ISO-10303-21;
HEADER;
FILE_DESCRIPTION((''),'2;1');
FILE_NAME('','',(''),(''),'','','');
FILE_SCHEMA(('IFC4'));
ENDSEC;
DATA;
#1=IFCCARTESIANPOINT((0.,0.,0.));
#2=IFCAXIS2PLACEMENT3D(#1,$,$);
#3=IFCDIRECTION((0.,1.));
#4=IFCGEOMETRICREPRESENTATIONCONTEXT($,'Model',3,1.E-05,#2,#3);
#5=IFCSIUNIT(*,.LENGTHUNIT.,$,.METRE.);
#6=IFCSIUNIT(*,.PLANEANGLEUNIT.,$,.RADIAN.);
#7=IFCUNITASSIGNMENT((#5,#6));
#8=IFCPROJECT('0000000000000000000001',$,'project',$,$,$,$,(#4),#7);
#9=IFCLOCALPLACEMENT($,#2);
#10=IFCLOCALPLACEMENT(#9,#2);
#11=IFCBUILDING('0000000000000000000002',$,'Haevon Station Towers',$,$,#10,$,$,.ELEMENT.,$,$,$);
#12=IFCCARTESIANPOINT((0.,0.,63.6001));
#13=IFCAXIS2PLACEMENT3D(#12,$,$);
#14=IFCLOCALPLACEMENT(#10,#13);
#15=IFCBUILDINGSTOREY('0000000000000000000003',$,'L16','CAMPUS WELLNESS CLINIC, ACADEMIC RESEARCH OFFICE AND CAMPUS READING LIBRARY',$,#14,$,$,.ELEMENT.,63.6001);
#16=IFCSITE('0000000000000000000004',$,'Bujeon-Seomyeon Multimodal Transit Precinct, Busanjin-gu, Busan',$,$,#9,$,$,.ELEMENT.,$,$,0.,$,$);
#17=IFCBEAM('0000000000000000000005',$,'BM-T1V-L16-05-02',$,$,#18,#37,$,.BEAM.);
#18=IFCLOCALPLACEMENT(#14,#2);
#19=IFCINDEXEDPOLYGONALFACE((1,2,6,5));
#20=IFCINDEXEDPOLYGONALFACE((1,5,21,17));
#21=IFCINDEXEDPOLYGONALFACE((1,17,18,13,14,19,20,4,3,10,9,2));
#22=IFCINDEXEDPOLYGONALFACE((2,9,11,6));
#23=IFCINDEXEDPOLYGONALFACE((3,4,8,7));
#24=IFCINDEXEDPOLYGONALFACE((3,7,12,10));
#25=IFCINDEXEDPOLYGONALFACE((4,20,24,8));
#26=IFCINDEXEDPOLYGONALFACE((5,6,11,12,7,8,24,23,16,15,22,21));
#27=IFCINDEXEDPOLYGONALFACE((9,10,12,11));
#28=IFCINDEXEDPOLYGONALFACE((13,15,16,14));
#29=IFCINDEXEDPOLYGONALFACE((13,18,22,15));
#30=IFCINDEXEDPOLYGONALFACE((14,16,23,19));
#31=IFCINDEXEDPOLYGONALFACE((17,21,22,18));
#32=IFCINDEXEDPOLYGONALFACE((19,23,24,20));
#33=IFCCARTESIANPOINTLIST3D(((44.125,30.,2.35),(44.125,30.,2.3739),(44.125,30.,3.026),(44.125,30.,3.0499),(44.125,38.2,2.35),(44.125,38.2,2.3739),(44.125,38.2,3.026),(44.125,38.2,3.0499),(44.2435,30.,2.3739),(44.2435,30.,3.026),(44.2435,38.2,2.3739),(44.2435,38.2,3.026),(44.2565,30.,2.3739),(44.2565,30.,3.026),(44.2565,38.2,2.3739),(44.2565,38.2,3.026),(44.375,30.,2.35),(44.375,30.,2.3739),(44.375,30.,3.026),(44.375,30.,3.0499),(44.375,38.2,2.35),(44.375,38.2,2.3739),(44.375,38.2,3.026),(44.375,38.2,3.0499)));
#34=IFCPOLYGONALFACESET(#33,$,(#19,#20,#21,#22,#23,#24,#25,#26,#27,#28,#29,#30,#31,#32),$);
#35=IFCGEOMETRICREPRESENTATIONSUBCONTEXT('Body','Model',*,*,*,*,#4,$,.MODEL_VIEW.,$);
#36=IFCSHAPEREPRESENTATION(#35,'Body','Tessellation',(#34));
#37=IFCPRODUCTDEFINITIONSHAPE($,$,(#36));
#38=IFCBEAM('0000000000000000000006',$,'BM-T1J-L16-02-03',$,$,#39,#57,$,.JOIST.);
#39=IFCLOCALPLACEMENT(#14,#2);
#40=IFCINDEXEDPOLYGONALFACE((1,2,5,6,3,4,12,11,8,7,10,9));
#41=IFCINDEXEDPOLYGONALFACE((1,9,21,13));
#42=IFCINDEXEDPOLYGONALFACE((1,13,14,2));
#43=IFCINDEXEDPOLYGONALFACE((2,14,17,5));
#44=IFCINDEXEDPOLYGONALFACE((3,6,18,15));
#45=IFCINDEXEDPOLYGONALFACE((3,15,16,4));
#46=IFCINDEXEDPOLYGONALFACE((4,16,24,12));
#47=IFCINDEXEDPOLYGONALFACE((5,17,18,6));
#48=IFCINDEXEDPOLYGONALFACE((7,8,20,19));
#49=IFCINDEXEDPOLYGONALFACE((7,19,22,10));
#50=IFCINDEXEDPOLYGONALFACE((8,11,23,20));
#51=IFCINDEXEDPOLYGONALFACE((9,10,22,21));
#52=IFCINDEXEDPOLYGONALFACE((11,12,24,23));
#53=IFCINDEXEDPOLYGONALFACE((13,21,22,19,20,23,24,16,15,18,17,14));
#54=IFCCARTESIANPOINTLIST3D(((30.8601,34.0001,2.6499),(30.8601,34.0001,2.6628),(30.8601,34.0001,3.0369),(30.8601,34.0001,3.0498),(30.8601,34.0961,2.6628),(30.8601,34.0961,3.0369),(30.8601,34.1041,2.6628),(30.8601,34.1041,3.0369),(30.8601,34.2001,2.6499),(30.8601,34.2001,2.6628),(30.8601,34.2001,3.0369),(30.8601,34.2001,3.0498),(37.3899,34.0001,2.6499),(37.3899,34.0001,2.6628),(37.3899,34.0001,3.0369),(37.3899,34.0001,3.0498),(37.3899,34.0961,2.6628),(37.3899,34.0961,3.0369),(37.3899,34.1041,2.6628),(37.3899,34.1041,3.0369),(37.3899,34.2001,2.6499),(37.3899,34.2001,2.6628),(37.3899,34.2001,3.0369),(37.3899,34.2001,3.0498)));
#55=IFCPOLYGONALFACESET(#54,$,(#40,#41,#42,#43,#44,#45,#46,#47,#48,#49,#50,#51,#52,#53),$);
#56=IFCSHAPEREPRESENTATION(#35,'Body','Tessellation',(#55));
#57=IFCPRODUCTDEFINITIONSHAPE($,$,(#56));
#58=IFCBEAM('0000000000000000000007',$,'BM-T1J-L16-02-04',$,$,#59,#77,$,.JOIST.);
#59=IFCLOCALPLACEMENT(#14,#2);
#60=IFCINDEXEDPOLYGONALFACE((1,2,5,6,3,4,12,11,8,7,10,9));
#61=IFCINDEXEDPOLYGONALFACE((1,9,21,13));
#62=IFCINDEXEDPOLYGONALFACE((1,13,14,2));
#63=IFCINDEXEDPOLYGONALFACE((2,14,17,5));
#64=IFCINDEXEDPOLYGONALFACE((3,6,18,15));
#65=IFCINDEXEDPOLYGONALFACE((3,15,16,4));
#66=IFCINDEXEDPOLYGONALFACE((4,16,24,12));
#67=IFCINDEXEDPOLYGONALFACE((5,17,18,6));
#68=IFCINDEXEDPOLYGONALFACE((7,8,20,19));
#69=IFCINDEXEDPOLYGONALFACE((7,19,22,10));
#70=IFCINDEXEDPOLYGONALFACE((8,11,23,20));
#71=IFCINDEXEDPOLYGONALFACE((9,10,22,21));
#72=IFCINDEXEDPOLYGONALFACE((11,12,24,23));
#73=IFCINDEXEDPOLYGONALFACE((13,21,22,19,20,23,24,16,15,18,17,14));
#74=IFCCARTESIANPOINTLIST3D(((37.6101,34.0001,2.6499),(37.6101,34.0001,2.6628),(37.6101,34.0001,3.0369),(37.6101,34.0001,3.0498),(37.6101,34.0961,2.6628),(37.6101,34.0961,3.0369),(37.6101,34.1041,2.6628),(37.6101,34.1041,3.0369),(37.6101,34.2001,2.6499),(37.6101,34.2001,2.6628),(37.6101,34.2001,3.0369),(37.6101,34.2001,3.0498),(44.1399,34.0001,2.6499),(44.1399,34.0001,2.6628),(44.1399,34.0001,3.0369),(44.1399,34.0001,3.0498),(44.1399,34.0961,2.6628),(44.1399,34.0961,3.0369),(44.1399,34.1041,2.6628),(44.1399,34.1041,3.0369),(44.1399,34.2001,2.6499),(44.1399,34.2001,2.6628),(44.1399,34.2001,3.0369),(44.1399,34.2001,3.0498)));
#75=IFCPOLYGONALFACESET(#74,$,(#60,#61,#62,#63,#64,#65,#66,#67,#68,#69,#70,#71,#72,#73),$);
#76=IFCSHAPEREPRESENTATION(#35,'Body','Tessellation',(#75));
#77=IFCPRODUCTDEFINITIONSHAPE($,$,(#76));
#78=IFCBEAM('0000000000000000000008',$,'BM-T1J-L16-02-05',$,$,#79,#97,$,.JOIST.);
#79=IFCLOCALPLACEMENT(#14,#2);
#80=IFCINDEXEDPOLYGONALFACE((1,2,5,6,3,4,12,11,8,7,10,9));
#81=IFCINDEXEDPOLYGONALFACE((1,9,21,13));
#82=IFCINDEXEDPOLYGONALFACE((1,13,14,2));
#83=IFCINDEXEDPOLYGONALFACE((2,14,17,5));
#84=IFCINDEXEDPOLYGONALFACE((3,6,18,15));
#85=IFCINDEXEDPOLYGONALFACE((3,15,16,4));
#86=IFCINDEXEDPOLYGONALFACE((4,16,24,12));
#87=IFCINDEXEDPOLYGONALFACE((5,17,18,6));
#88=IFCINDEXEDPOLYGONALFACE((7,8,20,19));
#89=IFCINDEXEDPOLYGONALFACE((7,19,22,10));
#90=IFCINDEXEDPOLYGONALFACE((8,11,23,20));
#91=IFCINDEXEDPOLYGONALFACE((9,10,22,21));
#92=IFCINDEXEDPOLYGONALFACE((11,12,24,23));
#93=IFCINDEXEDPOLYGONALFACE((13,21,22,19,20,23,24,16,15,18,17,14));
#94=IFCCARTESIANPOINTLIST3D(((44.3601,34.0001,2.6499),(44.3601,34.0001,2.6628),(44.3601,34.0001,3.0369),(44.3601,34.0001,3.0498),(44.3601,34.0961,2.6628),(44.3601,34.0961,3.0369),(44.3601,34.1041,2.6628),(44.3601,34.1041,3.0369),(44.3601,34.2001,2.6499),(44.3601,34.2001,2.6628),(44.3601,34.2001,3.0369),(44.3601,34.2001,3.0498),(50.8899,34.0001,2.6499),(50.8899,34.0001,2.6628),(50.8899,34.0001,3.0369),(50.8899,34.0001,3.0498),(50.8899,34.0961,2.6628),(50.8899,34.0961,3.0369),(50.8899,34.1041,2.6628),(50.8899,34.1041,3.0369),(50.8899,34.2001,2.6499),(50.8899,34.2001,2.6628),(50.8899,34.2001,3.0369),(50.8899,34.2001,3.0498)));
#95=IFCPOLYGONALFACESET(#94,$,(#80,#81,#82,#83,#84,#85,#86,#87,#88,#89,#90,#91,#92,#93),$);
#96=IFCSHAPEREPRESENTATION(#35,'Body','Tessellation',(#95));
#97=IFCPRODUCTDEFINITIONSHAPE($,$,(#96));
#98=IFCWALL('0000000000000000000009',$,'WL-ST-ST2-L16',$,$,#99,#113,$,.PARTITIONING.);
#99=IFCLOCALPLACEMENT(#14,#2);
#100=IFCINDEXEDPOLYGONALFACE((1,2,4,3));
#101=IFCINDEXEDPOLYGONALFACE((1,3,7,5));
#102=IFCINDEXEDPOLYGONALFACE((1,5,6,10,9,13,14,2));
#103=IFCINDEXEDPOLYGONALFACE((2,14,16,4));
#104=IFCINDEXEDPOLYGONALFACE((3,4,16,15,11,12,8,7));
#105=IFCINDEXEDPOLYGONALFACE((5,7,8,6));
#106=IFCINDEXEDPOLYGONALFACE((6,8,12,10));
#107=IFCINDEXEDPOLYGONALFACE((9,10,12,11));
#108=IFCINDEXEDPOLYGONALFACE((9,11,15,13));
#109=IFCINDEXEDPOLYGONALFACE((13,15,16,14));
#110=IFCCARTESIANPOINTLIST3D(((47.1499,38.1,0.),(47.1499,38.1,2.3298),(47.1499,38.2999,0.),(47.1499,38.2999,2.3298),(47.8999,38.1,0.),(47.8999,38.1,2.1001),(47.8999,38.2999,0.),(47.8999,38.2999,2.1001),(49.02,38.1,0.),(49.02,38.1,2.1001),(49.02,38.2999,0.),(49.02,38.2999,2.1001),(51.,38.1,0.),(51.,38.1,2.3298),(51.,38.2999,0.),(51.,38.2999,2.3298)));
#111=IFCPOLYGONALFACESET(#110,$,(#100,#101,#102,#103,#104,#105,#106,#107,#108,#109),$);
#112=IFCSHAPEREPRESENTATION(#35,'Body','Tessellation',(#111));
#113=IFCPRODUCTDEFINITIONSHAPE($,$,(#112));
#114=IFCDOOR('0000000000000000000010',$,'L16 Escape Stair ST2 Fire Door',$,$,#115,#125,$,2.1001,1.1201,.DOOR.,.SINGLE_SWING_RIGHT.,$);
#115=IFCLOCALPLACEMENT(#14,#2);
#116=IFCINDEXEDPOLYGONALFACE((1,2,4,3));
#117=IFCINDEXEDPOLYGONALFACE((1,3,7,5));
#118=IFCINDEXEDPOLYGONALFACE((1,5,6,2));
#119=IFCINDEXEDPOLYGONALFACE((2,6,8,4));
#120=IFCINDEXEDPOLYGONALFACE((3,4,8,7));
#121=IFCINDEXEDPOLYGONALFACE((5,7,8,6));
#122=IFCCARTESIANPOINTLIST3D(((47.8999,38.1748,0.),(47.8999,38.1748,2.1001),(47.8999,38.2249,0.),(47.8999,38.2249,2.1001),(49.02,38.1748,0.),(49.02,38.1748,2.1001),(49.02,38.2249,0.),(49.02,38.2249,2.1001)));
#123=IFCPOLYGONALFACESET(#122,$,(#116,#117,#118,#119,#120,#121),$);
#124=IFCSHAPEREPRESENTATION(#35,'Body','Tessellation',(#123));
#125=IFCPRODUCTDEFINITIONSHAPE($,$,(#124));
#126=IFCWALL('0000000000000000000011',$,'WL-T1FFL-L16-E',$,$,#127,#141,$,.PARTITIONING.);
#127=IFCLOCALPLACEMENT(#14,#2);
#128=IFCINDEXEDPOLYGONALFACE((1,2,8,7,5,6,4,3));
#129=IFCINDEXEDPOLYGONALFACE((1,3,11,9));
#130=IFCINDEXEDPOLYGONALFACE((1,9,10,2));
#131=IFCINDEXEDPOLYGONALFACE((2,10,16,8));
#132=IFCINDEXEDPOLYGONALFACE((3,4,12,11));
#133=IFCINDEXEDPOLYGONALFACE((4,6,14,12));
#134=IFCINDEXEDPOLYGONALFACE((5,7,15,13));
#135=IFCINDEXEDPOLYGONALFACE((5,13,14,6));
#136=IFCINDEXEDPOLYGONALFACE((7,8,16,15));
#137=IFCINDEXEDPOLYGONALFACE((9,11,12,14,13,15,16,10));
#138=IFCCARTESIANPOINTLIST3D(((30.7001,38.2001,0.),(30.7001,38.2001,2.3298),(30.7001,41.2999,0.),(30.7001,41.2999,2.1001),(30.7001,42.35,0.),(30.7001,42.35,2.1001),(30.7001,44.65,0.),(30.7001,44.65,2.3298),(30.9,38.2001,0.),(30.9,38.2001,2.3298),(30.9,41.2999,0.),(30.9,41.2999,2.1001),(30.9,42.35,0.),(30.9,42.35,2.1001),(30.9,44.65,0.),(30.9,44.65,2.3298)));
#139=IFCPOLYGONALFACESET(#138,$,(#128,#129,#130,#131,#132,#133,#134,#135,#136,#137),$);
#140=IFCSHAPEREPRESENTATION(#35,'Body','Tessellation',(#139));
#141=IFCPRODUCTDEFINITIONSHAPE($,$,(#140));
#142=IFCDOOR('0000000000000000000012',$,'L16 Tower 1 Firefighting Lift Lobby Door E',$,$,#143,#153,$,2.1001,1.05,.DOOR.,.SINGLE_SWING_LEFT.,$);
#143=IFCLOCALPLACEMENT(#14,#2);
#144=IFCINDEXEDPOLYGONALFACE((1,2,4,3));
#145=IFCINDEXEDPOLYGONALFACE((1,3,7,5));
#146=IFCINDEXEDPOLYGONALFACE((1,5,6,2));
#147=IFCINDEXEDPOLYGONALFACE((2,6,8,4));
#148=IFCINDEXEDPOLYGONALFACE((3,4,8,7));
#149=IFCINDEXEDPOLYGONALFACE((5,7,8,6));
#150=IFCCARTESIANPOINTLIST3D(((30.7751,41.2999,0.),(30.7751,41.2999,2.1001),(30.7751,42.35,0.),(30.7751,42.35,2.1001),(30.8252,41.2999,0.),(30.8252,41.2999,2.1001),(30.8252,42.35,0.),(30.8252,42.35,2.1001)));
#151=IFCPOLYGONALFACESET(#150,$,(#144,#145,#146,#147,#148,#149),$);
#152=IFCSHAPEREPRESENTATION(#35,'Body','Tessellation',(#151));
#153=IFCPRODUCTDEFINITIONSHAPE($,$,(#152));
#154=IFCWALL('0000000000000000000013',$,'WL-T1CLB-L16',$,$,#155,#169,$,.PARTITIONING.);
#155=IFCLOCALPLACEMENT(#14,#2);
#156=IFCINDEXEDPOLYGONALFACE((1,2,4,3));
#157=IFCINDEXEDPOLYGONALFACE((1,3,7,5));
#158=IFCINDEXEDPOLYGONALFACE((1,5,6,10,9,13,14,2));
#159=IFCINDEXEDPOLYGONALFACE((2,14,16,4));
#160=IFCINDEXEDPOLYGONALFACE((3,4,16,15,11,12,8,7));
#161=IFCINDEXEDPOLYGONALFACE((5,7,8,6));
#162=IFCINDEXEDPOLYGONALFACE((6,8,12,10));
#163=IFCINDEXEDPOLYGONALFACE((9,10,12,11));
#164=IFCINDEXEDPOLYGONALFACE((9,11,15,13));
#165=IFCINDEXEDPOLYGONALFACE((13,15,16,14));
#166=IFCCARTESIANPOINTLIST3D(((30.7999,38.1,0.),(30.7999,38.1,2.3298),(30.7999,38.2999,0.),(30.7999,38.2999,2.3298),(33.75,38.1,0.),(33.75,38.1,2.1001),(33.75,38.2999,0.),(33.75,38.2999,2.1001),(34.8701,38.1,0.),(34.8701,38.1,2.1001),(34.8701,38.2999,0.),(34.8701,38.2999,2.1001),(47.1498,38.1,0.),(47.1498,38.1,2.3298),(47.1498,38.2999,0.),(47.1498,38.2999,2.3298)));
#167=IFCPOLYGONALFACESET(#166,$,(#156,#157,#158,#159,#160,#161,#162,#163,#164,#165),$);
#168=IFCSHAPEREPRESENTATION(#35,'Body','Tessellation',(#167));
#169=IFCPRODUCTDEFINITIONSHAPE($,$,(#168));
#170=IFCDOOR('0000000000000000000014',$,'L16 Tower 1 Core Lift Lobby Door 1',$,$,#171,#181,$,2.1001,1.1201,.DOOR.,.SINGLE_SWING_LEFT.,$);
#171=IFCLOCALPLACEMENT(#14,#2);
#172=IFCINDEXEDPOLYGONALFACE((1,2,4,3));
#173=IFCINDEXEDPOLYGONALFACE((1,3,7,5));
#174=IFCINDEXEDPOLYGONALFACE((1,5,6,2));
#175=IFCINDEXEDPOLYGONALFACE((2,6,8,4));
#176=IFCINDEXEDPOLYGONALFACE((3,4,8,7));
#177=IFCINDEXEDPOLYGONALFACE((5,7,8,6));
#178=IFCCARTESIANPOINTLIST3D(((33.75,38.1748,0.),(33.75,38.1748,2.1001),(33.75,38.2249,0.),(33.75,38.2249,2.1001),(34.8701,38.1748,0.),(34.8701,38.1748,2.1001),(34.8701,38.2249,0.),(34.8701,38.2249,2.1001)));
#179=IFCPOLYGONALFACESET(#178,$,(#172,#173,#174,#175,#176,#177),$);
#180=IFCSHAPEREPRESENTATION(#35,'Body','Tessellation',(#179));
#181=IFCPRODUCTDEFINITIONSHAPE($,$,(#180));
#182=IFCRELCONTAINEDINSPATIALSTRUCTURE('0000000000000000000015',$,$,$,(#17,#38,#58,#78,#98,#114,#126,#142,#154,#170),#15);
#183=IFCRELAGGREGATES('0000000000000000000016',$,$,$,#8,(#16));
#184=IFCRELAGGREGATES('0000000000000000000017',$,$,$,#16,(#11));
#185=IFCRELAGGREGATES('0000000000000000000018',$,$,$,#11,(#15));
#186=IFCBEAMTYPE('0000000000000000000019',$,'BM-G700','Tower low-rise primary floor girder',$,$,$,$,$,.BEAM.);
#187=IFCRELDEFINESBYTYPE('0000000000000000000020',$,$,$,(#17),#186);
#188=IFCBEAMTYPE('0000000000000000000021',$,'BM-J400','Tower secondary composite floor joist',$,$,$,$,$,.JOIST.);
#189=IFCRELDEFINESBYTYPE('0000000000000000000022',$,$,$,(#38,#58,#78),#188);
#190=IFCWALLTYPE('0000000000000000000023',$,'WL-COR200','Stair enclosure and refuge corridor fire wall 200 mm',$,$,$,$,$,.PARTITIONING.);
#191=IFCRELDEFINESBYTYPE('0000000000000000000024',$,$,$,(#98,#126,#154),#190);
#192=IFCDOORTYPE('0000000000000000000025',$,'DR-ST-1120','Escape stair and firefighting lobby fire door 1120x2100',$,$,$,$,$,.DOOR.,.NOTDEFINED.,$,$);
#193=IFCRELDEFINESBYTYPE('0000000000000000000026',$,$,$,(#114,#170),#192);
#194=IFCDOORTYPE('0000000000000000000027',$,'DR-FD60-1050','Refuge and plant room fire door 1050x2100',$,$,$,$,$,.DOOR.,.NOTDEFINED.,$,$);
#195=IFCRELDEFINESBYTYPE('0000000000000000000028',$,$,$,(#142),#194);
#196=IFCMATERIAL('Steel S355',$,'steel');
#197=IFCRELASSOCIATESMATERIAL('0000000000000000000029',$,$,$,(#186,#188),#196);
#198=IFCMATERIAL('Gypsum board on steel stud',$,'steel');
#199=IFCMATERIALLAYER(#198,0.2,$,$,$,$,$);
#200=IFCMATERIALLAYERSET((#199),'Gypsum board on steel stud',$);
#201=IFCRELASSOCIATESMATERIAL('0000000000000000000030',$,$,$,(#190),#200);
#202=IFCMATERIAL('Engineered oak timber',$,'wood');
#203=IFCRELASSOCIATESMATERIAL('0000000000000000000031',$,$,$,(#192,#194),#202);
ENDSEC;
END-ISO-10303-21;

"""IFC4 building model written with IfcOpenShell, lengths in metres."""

from ifc_helpers import new_model, si_unit, direction, frame, frame_2d, origin, origin_2d, place, context, subcontext, project, spatial, rectangle, i_section, extrude, material, layer, layer_set, material_profile, profile_set, type_object, element, fill, save


model = new_model("IFC4")

# Units and contexts
model_context = context("Model", 3, precision=1e-05, world=origin(), true_north=direction((0.0, 1.0)))
body_context = subcontext(model_context, "Body", "Model", "MODEL_VIEW")
ifc_project = project(units=[si_unit("LENGTHUNIT", "METRE"), si_unit("PLANEANGLEUNIT", "RADIAN")], contexts=[model_context])

# Site, building, storey
site_placement = place(None, origin())
site = spatial("IfcSite", under=ifc_project, at=site_placement, Name="Bujeon-Seomyeon Multimodal Transit Precinct, Busanjin-gu, Busan", CompositionType="ELEMENT", RefElevation=0.0)
building_placement = place(site_placement, origin())
building = spatial("IfcBuilding", under=site, at=building_placement, Name="Haevon Station Towers", CompositionType="ELEMENT")
storey_placement = place(building_placement, frame((0.0, 0.0, 63.6001)))
storey = spatial("IfcBuildingStorey", under=building, at=storey_placement, Name="L16", Description="CAMPUS WELLNESS CLINIC, ACADEMIC RESEARCH OFFICE AND CAMPUS READING LIBRARY", CompositionType="ELEMENT", Elevation=63.6001)

# Beams
ifc_material_1 = material(Name="Steel S355", Category="steel")
ifc_material_profile_1 = material_profile(ifc_material_1, i_section(OverallWidth=0.25, OverallDepth=0.7, WebThickness=0.0129, FlangeThickness=0.0239, at=origin_2d()), Name="H-700x250x13x24")
ifc_profile_set_1 = profile_set([ifc_material_profile_1], Name="Steel S355")
beam_type_1 = type_object("IfcBeamType", Name="BM-G700", Description="Tower low-rise primary floor girder", PredefinedType="BEAM", material=ifc_profile_set_1)
beam_1_placement = place(storey_placement, frame((44.25, 30.0, 2.7), z_axis=(0.0, 1.0, 0.0), x_axis=(-1.0, 0.0, 0.0)))
element("IfcBeam", 1, at=beam_1_placement, inside=storey, type_object=beam_type_1, Name="BM-T1V-L16-05-02", PredefinedType="BEAM", context=body_context, shape_type="SweptSolid", body=[
    extrude(i_section(OverallWidth=0.25, OverallDepth=0.7, WebThickness=0.0129, FlangeThickness=0.0239, at=origin_2d()), origin(), (0.0, 0.0, 1.0), 8.2),
])
ifc_material_profile_2 = material_profile(ifc_material_1, i_section(OverallWidth=0.2, OverallDepth=0.3999, WebThickness=0.0081, FlangeThickness=0.0129, at=origin_2d()), Name="H-400x200x8x13")
ifc_profile_set_2 = profile_set([ifc_material_profile_2], Name="Steel S355")
beam_type_2 = type_object("IfcBeamType", Name="BM-J400", Description="Tower secondary composite floor joist", PredefinedType="JOIST", material=ifc_profile_set_2)
for number, where, z_axis, x_axis, name in (
    (2, (30.8601, 34.1001, 2.8499), (1.0, 0.0, 0.0), (0.0, 1.0, 0.0), "BM-T1J-L16-02-03"),
    (3, (37.6101, 34.1001, 2.8499), (1.0, 0.0, 0.0), (0.0, 1.0, 0.0), "BM-T1J-L16-02-04"),
    (4, (44.3601, 34.1001, 2.8499), (1.0, 0.0, 0.0), (0.0, 1.0, 0.0), "BM-T1J-L16-02-05"),
):
    element("IfcBeam", number, at=place(storey_placement, frame(where, z_axis=z_axis, x_axis=x_axis)), inside=storey, type_object=beam_type_2, Name=name, PredefinedType="JOIST", context=body_context, shape_type="SweptSolid", body=[
        extrude(i_section(OverallWidth=0.2, OverallDepth=0.3999, WebThickness=0.0081, FlangeThickness=0.0129, at=origin_2d()), origin(), (0.0, 0.0, 1.0), 6.5298),
    ])

# Walls, openings, doors
ifc_material_2 = material(Name="Gypsum board on steel stud", Category="steel")
ifc_layer_1 = layer(ifc_material_2, 0.2)
ifc_layer_set_1 = layer_set([ifc_layer_1], Name="Gypsum board on steel stud")
wall_type_1 = type_object("IfcWallType", Name="WL-COR200", Description="Stair enclosure and refuge corridor fire wall 200 mm", PredefinedType="PARTITIONING", material=ifc_layer_set_1)
wall_1_placement = place(storey_placement, frame((47.1499, 38.2, 0.0), z_axis=(0.0, 0.0, 1.0), x_axis=(1.0, 0.0, 0.0)))
wall_1 = element("IfcWall", 5, at=wall_1_placement, inside=storey, type_object=wall_type_1, Name="WL-ST-ST2-L16", PredefinedType="PARTITIONING", context=body_context, shape_type="SweptSolid", body=[
    extrude(rectangle(XDim=3.8501, YDim=0.2, at=frame_2d((1.925, 0.0))), origin(), (0.0, 0.0, 1.0), 2.3298),
])
opening_1_placement = place(wall_1_placement, frame((0.75, 0.0, 0.0)))
opening_1 = element("IfcOpeningElement", 6, at=opening_1_placement, cuts=wall_1, PredefinedType="OPENING", context=body_context, shape_type="SweptSolid", body=[
    extrude(rectangle(XDim=1.1201, YDim=2.1001, at=frame_2d((0.5601, 1.05))), frame((0.0, 0.1099, 0.0), z_axis=(0.0, -1.0, 0.0), x_axis=(1.0, 0.0, 0.0)), (0.0, 0.0, 1.0), 0.22),
])
ifc_material_3 = material(Name="Engineered oak timber", Category="wood")
door_type_1 = type_object("IfcDoorType", Name="DR-ST-1120", Description="Escape stair and firefighting lobby fire door 1120x2100", OperationType="NOTDEFINED", PredefinedType="DOOR", material=ifc_material_3)
door_1_placement = place(opening_1_placement, origin())
door_1 = element("IfcDoor", 7, at=door_1_placement, inside=storey, type_object=door_type_1, Name="L16 Escape Stair ST2 Fire Door", OperationType="SINGLE_SWING_RIGHT", OverallHeight=2.1001, OverallWidth=1.1201, PredefinedType="DOOR", context=body_context, shape_type="SweptSolid", body=[
    extrude(rectangle(XDim=1.1201, YDim=2.1001, at=frame_2d((0.5601, 1.05))), frame((0.0, 0.0249, 0.0), z_axis=(0.0, -1.0, 0.0), x_axis=(1.0, 0.0, 0.0)), (0.0, 0.0, 1.0), 0.05),
])
fill(opening_1, door_1)
wall_2_placement = place(storey_placement, frame((30.8, 38.2, 0.0), z_axis=(0.0, 0.0, 1.0), x_axis=(0.0, 1.0, 0.0)))
wall_2 = element("IfcWall", 8, at=wall_2_placement, inside=storey, type_object=wall_type_1, Name="WL-T1FFL-L16-E", PredefinedType="PARTITIONING", context=body_context, shape_type="SweptSolid", body=[
    extrude(rectangle(XDim=6.45, YDim=0.2, at=frame_2d((3.2251, 0.0))), origin(), (0.0, 0.0, 1.0), 2.3298),
])
opening_2_placement = place(wall_2_placement, frame((3.1001, 0.0, 0.0)))
opening_2 = element("IfcOpeningElement", 9, at=opening_2_placement, cuts=wall_2, PredefinedType="OPENING", context=body_context, shape_type="SweptSolid", body=[
    extrude(rectangle(XDim=1.05, YDim=2.1001, at=frame_2d((0.5249, 1.05))), frame((0.0, 0.1099, 0.0), z_axis=(0.0, -1.0, 0.0), x_axis=(1.0, 0.0, 0.0)), (0.0, 0.0, 1.0), 0.22),
])
door_type_2 = type_object("IfcDoorType", Name="DR-FD60-1050", Description="Refuge and plant room fire door 1050x2100", OperationType="NOTDEFINED", PredefinedType="DOOR", material=ifc_material_3)
door_2_placement = place(opening_2_placement, origin())
door_2 = element("IfcDoor", 10, at=door_2_placement, inside=storey, type_object=door_type_2, Name="L16 Tower 1 Firefighting Lift Lobby Door E", OperationType="SINGLE_SWING_LEFT", OverallHeight=2.1001, OverallWidth=1.05, PredefinedType="DOOR", context=body_context, shape_type="SweptSolid", body=[
    extrude(rectangle(XDim=1.05, YDim=2.1001, at=frame_2d((0.5249, 1.05))), frame((0.0, 0.0249, 0.0), z_axis=(0.0, -1.0, 0.0), x_axis=(1.0, 0.0, 0.0)), (0.0, 0.0, 1.0), 0.05),
])
fill(opening_2, door_2)
wall_3_placement = place(storey_placement, frame((30.8, 38.2, 0.0), z_axis=(0.0, 0.0, 1.0), x_axis=(1.0, 0.0, 0.0)))
wall_3 = element("IfcWall", 11, at=wall_3_placement, inside=storey, type_object=wall_type_1, Name="WL-T1CLB-L16", PredefinedType="PARTITIONING", context=body_context, shape_type="SweptSolid", body=[
    extrude(rectangle(XDim=16.3499, YDim=0.2, at=frame_2d((8.1748, 0.0))), origin(), (0.0, 0.0, 1.0), 2.3298),
])
opening_3_placement = place(wall_3_placement, frame((2.95, 0.0, 0.0)))
opening_3 = element("IfcOpeningElement", 12, at=opening_3_placement, cuts=wall_3, PredefinedType="OPENING", context=body_context, shape_type="SweptSolid", body=[
    extrude(rectangle(XDim=1.1201, YDim=2.1001, at=frame_2d((0.5601, 1.05))), frame((0.0, 0.1099, 0.0), z_axis=(0.0, -1.0, 0.0), x_axis=(1.0, 0.0, 0.0)), (0.0, 0.0, 1.0), 0.22),
])
door_3_placement = place(opening_3_placement, origin())
door_3 = element("IfcDoor", 13, at=door_3_placement, inside=storey, type_object=door_type_1, Name="L16 Tower 1 Core Lift Lobby Door 1", OperationType="SINGLE_SWING_LEFT", OverallHeight=2.1001, OverallWidth=1.1201, PredefinedType="DOOR", context=body_context, shape_type="SweptSolid", body=[
    extrude(rectangle(XDim=1.1201, YDim=2.1001, at=frame_2d((0.5601, 1.05))), frame((0.0, 0.0249, 0.0), z_axis=(0.0, -1.0, 0.0), x_axis=(1.0, 0.0, 0.0)), (0.0, 0.0, 1.0), 0.05),
])
fill(opening_3, door_3)

save(model, "model.ifc")
